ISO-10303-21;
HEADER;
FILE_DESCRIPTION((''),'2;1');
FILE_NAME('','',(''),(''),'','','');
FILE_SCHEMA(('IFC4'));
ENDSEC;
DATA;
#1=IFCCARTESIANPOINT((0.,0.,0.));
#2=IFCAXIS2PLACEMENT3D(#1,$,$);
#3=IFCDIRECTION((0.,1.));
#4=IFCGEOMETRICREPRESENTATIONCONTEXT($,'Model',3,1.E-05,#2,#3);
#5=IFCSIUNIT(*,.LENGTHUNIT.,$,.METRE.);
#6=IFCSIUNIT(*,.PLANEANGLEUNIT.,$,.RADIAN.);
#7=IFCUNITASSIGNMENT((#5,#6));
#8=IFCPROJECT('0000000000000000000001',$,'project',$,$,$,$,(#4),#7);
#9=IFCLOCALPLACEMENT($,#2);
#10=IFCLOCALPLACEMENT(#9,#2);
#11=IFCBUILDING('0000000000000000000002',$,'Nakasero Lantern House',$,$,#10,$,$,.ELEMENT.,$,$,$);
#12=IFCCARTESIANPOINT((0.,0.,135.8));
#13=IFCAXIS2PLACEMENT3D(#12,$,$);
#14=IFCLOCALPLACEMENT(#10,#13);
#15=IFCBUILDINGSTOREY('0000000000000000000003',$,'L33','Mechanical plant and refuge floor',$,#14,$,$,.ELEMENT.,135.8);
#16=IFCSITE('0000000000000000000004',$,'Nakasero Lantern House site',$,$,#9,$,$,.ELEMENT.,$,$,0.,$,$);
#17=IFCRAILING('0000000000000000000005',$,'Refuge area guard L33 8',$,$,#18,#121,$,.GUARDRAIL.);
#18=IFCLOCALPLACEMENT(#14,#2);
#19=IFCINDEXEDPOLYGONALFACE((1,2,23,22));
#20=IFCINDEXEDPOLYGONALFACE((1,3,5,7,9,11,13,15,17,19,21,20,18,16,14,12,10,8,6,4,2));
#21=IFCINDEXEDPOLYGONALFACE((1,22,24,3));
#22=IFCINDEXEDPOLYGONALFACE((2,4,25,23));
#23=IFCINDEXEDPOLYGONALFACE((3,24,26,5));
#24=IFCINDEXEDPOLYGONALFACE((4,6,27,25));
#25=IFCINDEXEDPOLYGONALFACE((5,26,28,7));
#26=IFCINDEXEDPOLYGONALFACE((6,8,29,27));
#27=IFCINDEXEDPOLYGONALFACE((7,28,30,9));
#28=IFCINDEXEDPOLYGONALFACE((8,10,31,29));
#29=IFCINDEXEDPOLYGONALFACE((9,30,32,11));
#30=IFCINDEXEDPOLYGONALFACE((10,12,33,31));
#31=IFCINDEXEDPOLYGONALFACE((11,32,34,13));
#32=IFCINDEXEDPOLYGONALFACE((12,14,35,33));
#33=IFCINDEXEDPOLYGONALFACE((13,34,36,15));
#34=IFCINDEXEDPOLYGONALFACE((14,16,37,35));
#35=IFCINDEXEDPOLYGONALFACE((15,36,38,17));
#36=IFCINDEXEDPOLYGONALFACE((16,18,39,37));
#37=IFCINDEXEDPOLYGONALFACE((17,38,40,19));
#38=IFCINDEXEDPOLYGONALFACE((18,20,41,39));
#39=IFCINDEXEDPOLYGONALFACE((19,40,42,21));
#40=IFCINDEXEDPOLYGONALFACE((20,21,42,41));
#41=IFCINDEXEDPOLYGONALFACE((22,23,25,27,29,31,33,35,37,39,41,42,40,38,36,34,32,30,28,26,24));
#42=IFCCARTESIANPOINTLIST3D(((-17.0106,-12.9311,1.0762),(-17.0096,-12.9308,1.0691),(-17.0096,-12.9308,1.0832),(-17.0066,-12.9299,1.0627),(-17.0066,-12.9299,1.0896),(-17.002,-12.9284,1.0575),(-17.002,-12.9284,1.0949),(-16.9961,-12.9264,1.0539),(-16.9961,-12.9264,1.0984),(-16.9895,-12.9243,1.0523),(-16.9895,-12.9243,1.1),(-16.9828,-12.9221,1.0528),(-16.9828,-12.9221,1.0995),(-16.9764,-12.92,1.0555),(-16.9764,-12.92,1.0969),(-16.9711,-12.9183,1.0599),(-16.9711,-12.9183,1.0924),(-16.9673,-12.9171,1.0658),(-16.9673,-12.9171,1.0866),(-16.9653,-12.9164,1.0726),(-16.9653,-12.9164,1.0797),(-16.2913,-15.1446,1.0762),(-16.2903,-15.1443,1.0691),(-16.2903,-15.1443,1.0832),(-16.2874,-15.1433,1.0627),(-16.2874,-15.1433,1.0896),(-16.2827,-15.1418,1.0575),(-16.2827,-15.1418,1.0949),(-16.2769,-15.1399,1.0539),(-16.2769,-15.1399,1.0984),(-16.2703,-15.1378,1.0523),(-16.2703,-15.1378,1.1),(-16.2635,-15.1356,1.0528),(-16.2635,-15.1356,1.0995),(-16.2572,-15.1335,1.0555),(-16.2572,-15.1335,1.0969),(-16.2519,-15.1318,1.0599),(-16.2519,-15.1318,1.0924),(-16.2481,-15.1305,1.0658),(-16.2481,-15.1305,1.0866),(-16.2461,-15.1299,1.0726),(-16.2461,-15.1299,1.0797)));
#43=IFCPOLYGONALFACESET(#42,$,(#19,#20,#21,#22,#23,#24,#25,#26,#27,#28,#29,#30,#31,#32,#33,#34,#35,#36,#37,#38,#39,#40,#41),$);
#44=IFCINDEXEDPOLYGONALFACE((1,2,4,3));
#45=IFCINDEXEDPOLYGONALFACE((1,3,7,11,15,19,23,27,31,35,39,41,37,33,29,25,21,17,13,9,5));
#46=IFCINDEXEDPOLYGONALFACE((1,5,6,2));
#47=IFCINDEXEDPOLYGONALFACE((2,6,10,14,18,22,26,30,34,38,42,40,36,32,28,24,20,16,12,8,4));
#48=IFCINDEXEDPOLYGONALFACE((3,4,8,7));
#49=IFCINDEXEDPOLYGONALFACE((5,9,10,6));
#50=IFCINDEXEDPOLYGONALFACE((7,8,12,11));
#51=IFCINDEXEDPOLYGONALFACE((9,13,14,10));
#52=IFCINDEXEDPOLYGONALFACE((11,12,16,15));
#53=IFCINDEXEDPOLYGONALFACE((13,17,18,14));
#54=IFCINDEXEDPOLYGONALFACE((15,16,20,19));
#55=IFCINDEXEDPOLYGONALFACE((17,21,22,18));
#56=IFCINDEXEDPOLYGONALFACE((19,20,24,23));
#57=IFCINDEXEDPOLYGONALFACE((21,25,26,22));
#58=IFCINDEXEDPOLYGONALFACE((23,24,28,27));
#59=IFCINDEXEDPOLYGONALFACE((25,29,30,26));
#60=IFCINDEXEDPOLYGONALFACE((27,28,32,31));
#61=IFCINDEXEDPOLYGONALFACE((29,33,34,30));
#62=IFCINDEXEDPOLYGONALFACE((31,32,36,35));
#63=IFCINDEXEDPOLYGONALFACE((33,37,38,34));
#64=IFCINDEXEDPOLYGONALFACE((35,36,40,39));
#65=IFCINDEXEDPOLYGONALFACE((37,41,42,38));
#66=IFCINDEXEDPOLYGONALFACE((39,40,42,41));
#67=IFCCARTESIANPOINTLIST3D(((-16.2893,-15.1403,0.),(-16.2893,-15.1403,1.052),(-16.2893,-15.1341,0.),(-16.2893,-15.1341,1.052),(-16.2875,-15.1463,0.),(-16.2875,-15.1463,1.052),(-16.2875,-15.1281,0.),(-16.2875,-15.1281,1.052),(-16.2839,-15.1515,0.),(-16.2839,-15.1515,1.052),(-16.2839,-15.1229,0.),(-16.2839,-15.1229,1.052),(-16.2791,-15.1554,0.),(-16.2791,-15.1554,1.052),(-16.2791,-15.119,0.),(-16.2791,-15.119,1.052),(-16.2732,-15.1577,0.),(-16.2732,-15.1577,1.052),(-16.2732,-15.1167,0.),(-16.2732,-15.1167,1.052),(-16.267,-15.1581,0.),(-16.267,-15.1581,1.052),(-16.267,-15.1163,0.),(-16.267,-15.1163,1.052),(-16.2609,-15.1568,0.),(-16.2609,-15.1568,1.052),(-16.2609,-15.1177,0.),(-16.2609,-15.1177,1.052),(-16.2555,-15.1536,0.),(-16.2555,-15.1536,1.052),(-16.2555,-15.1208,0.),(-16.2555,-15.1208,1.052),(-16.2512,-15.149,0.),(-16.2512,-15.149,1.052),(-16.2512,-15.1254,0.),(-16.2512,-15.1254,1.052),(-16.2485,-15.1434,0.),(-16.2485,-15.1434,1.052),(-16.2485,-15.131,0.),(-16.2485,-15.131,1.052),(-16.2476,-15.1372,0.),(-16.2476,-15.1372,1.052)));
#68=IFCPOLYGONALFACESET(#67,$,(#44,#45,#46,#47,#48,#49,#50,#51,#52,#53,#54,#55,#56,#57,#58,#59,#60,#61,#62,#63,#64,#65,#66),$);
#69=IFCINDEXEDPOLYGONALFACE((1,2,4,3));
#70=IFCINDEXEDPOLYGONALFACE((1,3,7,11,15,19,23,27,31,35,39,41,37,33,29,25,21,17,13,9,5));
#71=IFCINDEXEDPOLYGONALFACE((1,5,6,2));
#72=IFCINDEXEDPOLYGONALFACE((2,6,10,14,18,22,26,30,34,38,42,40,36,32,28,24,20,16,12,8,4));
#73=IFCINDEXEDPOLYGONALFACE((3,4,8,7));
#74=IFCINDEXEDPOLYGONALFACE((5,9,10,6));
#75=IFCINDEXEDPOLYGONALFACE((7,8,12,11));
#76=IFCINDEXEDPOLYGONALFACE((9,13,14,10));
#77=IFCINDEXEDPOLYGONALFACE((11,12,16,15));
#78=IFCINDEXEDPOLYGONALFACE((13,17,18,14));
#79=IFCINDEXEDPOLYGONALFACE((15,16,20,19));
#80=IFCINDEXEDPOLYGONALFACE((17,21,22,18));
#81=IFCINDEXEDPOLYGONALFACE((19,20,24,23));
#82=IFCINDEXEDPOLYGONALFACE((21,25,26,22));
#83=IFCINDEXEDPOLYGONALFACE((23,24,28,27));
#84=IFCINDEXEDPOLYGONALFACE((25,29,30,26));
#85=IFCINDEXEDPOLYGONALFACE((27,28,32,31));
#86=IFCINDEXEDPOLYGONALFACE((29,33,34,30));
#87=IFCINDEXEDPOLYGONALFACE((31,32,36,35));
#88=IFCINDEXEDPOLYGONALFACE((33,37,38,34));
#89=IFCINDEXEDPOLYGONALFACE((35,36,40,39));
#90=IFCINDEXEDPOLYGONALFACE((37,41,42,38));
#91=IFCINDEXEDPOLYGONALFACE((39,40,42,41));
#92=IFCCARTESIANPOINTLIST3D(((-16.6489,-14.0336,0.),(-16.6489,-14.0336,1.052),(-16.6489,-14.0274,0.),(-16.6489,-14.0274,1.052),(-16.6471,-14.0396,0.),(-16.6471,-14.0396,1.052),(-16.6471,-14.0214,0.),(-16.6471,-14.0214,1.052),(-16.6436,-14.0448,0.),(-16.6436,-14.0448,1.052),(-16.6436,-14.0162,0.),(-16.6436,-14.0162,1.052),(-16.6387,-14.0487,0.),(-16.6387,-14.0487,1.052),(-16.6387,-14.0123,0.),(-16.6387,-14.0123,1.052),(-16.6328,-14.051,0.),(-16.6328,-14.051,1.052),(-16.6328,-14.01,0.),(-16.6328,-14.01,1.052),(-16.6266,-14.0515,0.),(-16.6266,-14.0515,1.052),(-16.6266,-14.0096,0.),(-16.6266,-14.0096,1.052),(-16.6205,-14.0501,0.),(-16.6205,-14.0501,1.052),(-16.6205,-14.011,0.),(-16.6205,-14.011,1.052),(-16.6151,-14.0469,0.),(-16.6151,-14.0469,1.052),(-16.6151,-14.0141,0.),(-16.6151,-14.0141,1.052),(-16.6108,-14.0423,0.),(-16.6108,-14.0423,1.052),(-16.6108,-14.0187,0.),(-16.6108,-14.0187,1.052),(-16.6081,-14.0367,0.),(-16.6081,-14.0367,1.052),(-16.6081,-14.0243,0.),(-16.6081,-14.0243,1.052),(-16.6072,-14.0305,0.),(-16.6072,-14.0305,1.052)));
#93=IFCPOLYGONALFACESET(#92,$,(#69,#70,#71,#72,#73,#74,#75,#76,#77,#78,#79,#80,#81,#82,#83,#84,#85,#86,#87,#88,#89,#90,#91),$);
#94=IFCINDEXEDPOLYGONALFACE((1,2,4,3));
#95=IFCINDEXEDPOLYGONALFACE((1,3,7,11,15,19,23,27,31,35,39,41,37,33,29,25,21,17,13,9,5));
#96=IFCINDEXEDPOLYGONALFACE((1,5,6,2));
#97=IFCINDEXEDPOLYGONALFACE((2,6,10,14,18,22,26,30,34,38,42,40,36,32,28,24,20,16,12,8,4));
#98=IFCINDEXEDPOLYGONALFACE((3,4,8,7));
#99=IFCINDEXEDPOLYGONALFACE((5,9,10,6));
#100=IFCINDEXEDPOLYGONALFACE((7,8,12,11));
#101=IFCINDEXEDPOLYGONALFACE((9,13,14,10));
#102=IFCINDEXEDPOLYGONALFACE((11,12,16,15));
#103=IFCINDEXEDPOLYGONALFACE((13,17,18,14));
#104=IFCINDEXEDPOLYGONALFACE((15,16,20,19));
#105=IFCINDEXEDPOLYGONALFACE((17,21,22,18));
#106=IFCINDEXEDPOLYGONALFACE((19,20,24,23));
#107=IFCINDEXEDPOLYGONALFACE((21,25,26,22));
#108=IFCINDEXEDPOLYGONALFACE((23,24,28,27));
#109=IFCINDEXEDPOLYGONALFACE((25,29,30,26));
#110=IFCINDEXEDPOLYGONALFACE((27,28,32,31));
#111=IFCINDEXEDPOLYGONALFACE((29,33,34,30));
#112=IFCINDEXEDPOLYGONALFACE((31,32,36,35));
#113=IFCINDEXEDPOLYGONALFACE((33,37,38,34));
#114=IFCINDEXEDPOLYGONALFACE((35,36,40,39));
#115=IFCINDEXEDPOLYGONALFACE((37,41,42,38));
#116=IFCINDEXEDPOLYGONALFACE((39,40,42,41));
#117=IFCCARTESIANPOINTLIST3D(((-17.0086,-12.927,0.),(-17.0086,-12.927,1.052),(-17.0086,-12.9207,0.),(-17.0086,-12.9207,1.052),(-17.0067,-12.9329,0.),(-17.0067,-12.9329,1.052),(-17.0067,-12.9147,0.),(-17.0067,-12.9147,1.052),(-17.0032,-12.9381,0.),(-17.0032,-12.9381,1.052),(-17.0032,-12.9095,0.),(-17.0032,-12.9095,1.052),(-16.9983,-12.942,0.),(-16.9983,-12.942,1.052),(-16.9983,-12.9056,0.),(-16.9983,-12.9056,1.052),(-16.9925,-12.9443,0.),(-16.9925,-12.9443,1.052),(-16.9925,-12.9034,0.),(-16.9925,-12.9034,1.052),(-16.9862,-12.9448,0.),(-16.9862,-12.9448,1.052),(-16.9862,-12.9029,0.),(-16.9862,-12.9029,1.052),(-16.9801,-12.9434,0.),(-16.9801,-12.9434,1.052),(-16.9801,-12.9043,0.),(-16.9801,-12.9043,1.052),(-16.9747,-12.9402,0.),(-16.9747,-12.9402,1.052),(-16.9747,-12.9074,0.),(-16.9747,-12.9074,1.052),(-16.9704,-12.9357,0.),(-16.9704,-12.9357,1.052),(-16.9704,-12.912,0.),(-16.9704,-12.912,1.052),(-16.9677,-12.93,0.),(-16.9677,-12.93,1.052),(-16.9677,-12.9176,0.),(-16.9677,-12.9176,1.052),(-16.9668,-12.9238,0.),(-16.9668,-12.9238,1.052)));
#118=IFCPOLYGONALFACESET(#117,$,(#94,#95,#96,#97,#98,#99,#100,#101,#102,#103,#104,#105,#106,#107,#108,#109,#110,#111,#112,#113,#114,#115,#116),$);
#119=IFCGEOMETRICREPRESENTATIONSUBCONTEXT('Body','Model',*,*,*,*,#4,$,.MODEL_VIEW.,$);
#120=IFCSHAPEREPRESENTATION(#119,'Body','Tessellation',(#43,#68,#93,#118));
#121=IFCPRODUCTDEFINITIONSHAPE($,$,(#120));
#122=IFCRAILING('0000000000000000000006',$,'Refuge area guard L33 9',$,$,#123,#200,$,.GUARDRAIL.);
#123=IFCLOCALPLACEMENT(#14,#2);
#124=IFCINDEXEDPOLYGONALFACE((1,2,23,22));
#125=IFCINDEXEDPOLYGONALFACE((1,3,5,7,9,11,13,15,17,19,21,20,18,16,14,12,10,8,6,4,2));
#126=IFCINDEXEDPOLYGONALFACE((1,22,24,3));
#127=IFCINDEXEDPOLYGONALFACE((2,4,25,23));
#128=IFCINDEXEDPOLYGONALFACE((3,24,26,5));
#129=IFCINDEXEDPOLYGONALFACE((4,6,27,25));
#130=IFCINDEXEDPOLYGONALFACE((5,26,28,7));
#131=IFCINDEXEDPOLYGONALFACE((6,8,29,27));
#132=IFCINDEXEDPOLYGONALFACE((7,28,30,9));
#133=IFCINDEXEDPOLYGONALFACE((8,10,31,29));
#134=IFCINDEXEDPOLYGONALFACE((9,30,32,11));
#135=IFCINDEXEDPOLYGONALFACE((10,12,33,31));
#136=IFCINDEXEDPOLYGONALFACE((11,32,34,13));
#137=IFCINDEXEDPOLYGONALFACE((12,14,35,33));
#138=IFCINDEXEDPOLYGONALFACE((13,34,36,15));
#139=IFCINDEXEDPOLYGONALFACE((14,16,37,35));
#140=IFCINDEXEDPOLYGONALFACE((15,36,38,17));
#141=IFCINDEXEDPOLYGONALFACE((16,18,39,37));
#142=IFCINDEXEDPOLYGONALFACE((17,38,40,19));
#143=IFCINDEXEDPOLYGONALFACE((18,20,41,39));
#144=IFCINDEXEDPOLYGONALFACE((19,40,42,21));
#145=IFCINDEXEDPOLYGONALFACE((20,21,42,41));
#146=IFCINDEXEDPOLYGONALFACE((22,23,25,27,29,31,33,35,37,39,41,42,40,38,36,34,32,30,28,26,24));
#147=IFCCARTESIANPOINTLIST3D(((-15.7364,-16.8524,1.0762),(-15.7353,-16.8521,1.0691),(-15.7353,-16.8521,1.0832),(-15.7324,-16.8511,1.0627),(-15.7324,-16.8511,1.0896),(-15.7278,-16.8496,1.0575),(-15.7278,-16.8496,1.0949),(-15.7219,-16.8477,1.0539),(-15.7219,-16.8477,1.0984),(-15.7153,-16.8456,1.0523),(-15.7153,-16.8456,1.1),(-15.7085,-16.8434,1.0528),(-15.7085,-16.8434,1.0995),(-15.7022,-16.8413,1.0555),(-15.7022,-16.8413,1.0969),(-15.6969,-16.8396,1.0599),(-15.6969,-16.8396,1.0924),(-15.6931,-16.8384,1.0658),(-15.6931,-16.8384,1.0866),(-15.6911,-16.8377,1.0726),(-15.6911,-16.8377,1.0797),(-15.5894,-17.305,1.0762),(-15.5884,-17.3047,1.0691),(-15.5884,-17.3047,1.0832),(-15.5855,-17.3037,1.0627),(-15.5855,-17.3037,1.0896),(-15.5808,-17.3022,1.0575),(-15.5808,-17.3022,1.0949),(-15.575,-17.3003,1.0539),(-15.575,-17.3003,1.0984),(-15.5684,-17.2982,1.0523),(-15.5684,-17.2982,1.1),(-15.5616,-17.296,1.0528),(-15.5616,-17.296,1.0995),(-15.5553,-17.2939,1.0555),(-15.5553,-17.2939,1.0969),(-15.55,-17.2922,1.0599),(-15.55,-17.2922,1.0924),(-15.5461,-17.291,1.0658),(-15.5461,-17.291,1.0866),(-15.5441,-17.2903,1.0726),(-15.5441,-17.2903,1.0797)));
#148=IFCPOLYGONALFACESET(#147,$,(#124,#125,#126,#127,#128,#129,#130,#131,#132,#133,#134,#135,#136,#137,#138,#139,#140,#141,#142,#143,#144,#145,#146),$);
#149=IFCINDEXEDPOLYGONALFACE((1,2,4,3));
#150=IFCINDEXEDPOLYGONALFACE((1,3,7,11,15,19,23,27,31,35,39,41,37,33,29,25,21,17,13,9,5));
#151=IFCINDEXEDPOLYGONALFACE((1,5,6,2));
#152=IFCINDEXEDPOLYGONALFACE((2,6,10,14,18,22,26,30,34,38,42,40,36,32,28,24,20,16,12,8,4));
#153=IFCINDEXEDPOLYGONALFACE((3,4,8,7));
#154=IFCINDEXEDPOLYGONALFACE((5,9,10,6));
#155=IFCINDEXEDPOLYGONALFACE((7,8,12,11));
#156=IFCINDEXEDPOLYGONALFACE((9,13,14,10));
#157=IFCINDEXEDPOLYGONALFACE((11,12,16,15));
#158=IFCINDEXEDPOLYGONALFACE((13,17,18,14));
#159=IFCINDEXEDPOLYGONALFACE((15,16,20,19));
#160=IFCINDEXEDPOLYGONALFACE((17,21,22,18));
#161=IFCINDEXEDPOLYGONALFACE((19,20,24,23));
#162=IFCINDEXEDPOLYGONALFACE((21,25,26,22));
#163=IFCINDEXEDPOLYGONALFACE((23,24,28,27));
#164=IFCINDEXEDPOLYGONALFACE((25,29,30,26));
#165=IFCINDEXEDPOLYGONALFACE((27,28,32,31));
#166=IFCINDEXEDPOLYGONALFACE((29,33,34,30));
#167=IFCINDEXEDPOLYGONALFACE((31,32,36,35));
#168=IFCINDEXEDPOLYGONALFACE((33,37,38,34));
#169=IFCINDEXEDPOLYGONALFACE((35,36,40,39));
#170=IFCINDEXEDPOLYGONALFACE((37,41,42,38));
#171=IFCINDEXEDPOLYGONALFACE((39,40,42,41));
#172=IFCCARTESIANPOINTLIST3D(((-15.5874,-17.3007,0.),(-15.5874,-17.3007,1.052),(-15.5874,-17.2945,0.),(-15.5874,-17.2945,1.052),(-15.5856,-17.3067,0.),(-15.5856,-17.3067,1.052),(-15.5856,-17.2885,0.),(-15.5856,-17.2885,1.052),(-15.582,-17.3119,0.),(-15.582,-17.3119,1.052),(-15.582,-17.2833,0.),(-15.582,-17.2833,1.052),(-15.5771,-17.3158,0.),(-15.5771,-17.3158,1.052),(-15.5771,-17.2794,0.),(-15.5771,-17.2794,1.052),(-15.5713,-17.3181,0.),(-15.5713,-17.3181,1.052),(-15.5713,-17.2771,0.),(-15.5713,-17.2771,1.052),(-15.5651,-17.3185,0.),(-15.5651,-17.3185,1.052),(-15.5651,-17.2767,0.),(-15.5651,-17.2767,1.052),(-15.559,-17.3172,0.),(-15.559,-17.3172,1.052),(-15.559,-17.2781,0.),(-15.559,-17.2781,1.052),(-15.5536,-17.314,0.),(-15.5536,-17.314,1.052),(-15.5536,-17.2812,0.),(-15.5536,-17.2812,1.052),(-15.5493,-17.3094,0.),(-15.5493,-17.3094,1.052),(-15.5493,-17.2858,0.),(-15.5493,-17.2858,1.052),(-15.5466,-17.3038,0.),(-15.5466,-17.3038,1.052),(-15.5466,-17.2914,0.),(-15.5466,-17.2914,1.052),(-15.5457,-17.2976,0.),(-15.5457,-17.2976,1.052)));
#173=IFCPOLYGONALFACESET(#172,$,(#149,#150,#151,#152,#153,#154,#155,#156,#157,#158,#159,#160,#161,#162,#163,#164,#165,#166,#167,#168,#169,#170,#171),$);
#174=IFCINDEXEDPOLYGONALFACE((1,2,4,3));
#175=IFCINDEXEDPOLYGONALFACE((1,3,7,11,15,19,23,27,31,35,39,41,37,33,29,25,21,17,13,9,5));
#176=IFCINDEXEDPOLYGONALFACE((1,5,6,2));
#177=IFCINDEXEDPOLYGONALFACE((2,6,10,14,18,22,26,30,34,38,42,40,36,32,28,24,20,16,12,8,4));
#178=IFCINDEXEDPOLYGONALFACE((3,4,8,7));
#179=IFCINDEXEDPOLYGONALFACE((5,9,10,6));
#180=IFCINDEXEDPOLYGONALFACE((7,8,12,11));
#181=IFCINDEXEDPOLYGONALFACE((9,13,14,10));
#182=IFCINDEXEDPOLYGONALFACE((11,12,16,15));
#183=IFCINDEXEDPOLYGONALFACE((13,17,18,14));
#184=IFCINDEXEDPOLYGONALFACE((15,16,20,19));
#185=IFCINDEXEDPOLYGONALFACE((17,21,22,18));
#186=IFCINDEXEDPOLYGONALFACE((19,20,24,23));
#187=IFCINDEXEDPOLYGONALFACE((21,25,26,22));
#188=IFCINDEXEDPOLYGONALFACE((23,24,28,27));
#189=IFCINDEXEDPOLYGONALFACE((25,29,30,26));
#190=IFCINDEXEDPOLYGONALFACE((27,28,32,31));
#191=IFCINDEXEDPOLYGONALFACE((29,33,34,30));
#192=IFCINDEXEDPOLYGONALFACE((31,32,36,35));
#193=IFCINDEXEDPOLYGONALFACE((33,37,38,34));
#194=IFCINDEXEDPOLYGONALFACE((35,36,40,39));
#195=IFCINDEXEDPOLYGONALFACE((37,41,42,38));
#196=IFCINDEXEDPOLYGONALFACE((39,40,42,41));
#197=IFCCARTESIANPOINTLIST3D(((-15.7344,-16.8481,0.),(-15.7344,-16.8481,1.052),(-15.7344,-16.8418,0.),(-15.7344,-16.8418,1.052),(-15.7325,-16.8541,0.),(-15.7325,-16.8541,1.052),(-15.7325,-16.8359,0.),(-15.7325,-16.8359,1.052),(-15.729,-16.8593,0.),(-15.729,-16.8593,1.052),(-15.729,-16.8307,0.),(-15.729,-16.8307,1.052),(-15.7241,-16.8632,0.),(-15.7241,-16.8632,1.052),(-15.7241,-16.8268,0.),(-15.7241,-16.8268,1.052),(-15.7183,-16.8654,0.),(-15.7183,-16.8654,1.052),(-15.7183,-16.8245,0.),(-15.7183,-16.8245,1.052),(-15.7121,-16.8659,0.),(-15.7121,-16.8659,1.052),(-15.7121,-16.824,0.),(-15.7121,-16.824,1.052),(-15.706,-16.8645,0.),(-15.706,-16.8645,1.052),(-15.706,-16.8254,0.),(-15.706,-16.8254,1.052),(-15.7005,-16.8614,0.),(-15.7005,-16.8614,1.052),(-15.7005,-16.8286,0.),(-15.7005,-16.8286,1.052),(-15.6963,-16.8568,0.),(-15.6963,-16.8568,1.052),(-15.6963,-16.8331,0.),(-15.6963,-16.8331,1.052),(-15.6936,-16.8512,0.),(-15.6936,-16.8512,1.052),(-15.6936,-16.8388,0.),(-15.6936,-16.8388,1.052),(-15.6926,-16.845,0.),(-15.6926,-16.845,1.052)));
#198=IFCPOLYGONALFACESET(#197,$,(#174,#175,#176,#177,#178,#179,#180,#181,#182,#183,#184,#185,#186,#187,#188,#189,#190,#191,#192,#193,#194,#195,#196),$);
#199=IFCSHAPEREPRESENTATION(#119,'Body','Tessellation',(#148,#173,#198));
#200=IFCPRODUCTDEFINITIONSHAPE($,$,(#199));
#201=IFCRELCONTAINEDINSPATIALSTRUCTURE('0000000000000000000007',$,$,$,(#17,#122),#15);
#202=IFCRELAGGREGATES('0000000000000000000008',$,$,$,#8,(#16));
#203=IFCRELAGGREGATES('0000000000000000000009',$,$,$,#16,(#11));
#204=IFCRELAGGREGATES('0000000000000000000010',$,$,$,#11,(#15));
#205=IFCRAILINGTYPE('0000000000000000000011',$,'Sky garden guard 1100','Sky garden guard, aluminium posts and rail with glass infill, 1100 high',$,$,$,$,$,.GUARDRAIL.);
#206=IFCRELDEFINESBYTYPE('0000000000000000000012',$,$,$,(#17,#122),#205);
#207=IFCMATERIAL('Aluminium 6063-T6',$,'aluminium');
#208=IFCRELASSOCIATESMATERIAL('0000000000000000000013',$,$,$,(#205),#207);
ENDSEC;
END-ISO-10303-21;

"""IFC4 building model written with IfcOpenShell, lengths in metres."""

from ifc_helpers import new_model, si_unit, direction, frame, origin, origin_2d, place, context, subcontext, project, spatial, circle, extrude, material, type_object, element, save


model = new_model("IFC4")

# Units and contexts
model_context = context("Model", 3, precision=1e-05, world=origin(), true_north=direction((0.0, 1.0)))
body_context = subcontext(model_context, "Body", "Model", "MODEL_VIEW")
ifc_project = project(units=[si_unit("LENGTHUNIT", "METRE"), si_unit("PLANEANGLEUNIT", "RADIAN")], contexts=[model_context])

# Site, building, storey
site_placement = place(None, origin())
site = spatial("IfcSite", under=ifc_project, at=site_placement, Name="Nakasero Lantern House site", CompositionType="ELEMENT", RefElevation=0.0)
building_placement = place(site_placement, origin())
building = spatial("IfcBuilding", under=site, at=building_placement, Name="Nakasero Lantern House", CompositionType="ELEMENT")
storey_placement = place(building_placement, frame((0.0, 0.0, 135.8)))
storey = spatial("IfcBuildingStorey", under=building, at=storey_placement, Name="L33", Description="Mechanical plant and refuge floor", CompositionType="ELEMENT", Elevation=135.8)

# Railings
ifc_material_1 = material(Name="Aluminium 6063-T6", Category="aluminium")
railing_type = type_object("IfcRailingType", Name="Sky garden guard 1100", Description="Sky garden guard, aluminium posts and rail with glass infill, 1100 high", PredefinedType="GUARDRAIL", material=ifc_material_1)
railing_1_placement = place(storey_placement, frame((-16.2686, -15.1372, 0.0)))
element("IfcRailing", 1, at=railing_1_placement, inside=storey, type_object=railing_type, Name="Refuge area guard L33 8", PredefinedType="GUARDRAIL", context=body_context, shape_type="SweptSolid", body=[
    extrude(circle(Radius=0.0239, at=origin_2d()), frame((0.0, 0.0, 1.0762), z_axis=(-0.309043, 0.951048, 0.0), x_axis=(-0.951048, -0.309043, 0.0)), (0.0, 0.0, 1.0), 2.3274),
    extrude(circle(Radius=0.021, at=origin_2d()), origin(), (0.0, 0.0, 1.0), 1.052),
    extrude(circle(Radius=0.021, at=origin_2d()), frame((-0.3596, 1.1067, 0.0)), (0.0, 0.0, 1.0), 1.052),
    extrude(circle(Radius=0.021, at=origin_2d()), frame((-0.7192, 2.2134, 0.0)), (0.0, 0.0, 1.0), 1.052),
])
railing_2_placement = place(storey_placement, frame((-15.5667, -17.2976, 0.0)))
element("IfcRailing", 2, at=railing_2_placement, inside=storey, type_object=railing_type, Name="Refuge area guard L33 9", PredefinedType="GUARDRAIL", context=body_context, shape_type="SweptSolid", body=[
    extrude(circle(Radius=0.0239, at=origin_2d()), frame((0.0, 0.0, 1.0762), z_axis=(-0.308831, 0.951117, 0.0), x_axis=(-0.951117, -0.308831, 0.0)), (0.0, 0.0, 1.0), 0.4758),
    extrude(circle(Radius=0.021, at=origin_2d()), origin(), (0.0, 0.0, 1.0), 1.052),
    extrude(circle(Radius=0.021, at=origin_2d()), frame((-0.147, 0.4526, 0.0)), (0.0, 0.0, 1.0), 1.052),
])

save(model, "model.ifc")
